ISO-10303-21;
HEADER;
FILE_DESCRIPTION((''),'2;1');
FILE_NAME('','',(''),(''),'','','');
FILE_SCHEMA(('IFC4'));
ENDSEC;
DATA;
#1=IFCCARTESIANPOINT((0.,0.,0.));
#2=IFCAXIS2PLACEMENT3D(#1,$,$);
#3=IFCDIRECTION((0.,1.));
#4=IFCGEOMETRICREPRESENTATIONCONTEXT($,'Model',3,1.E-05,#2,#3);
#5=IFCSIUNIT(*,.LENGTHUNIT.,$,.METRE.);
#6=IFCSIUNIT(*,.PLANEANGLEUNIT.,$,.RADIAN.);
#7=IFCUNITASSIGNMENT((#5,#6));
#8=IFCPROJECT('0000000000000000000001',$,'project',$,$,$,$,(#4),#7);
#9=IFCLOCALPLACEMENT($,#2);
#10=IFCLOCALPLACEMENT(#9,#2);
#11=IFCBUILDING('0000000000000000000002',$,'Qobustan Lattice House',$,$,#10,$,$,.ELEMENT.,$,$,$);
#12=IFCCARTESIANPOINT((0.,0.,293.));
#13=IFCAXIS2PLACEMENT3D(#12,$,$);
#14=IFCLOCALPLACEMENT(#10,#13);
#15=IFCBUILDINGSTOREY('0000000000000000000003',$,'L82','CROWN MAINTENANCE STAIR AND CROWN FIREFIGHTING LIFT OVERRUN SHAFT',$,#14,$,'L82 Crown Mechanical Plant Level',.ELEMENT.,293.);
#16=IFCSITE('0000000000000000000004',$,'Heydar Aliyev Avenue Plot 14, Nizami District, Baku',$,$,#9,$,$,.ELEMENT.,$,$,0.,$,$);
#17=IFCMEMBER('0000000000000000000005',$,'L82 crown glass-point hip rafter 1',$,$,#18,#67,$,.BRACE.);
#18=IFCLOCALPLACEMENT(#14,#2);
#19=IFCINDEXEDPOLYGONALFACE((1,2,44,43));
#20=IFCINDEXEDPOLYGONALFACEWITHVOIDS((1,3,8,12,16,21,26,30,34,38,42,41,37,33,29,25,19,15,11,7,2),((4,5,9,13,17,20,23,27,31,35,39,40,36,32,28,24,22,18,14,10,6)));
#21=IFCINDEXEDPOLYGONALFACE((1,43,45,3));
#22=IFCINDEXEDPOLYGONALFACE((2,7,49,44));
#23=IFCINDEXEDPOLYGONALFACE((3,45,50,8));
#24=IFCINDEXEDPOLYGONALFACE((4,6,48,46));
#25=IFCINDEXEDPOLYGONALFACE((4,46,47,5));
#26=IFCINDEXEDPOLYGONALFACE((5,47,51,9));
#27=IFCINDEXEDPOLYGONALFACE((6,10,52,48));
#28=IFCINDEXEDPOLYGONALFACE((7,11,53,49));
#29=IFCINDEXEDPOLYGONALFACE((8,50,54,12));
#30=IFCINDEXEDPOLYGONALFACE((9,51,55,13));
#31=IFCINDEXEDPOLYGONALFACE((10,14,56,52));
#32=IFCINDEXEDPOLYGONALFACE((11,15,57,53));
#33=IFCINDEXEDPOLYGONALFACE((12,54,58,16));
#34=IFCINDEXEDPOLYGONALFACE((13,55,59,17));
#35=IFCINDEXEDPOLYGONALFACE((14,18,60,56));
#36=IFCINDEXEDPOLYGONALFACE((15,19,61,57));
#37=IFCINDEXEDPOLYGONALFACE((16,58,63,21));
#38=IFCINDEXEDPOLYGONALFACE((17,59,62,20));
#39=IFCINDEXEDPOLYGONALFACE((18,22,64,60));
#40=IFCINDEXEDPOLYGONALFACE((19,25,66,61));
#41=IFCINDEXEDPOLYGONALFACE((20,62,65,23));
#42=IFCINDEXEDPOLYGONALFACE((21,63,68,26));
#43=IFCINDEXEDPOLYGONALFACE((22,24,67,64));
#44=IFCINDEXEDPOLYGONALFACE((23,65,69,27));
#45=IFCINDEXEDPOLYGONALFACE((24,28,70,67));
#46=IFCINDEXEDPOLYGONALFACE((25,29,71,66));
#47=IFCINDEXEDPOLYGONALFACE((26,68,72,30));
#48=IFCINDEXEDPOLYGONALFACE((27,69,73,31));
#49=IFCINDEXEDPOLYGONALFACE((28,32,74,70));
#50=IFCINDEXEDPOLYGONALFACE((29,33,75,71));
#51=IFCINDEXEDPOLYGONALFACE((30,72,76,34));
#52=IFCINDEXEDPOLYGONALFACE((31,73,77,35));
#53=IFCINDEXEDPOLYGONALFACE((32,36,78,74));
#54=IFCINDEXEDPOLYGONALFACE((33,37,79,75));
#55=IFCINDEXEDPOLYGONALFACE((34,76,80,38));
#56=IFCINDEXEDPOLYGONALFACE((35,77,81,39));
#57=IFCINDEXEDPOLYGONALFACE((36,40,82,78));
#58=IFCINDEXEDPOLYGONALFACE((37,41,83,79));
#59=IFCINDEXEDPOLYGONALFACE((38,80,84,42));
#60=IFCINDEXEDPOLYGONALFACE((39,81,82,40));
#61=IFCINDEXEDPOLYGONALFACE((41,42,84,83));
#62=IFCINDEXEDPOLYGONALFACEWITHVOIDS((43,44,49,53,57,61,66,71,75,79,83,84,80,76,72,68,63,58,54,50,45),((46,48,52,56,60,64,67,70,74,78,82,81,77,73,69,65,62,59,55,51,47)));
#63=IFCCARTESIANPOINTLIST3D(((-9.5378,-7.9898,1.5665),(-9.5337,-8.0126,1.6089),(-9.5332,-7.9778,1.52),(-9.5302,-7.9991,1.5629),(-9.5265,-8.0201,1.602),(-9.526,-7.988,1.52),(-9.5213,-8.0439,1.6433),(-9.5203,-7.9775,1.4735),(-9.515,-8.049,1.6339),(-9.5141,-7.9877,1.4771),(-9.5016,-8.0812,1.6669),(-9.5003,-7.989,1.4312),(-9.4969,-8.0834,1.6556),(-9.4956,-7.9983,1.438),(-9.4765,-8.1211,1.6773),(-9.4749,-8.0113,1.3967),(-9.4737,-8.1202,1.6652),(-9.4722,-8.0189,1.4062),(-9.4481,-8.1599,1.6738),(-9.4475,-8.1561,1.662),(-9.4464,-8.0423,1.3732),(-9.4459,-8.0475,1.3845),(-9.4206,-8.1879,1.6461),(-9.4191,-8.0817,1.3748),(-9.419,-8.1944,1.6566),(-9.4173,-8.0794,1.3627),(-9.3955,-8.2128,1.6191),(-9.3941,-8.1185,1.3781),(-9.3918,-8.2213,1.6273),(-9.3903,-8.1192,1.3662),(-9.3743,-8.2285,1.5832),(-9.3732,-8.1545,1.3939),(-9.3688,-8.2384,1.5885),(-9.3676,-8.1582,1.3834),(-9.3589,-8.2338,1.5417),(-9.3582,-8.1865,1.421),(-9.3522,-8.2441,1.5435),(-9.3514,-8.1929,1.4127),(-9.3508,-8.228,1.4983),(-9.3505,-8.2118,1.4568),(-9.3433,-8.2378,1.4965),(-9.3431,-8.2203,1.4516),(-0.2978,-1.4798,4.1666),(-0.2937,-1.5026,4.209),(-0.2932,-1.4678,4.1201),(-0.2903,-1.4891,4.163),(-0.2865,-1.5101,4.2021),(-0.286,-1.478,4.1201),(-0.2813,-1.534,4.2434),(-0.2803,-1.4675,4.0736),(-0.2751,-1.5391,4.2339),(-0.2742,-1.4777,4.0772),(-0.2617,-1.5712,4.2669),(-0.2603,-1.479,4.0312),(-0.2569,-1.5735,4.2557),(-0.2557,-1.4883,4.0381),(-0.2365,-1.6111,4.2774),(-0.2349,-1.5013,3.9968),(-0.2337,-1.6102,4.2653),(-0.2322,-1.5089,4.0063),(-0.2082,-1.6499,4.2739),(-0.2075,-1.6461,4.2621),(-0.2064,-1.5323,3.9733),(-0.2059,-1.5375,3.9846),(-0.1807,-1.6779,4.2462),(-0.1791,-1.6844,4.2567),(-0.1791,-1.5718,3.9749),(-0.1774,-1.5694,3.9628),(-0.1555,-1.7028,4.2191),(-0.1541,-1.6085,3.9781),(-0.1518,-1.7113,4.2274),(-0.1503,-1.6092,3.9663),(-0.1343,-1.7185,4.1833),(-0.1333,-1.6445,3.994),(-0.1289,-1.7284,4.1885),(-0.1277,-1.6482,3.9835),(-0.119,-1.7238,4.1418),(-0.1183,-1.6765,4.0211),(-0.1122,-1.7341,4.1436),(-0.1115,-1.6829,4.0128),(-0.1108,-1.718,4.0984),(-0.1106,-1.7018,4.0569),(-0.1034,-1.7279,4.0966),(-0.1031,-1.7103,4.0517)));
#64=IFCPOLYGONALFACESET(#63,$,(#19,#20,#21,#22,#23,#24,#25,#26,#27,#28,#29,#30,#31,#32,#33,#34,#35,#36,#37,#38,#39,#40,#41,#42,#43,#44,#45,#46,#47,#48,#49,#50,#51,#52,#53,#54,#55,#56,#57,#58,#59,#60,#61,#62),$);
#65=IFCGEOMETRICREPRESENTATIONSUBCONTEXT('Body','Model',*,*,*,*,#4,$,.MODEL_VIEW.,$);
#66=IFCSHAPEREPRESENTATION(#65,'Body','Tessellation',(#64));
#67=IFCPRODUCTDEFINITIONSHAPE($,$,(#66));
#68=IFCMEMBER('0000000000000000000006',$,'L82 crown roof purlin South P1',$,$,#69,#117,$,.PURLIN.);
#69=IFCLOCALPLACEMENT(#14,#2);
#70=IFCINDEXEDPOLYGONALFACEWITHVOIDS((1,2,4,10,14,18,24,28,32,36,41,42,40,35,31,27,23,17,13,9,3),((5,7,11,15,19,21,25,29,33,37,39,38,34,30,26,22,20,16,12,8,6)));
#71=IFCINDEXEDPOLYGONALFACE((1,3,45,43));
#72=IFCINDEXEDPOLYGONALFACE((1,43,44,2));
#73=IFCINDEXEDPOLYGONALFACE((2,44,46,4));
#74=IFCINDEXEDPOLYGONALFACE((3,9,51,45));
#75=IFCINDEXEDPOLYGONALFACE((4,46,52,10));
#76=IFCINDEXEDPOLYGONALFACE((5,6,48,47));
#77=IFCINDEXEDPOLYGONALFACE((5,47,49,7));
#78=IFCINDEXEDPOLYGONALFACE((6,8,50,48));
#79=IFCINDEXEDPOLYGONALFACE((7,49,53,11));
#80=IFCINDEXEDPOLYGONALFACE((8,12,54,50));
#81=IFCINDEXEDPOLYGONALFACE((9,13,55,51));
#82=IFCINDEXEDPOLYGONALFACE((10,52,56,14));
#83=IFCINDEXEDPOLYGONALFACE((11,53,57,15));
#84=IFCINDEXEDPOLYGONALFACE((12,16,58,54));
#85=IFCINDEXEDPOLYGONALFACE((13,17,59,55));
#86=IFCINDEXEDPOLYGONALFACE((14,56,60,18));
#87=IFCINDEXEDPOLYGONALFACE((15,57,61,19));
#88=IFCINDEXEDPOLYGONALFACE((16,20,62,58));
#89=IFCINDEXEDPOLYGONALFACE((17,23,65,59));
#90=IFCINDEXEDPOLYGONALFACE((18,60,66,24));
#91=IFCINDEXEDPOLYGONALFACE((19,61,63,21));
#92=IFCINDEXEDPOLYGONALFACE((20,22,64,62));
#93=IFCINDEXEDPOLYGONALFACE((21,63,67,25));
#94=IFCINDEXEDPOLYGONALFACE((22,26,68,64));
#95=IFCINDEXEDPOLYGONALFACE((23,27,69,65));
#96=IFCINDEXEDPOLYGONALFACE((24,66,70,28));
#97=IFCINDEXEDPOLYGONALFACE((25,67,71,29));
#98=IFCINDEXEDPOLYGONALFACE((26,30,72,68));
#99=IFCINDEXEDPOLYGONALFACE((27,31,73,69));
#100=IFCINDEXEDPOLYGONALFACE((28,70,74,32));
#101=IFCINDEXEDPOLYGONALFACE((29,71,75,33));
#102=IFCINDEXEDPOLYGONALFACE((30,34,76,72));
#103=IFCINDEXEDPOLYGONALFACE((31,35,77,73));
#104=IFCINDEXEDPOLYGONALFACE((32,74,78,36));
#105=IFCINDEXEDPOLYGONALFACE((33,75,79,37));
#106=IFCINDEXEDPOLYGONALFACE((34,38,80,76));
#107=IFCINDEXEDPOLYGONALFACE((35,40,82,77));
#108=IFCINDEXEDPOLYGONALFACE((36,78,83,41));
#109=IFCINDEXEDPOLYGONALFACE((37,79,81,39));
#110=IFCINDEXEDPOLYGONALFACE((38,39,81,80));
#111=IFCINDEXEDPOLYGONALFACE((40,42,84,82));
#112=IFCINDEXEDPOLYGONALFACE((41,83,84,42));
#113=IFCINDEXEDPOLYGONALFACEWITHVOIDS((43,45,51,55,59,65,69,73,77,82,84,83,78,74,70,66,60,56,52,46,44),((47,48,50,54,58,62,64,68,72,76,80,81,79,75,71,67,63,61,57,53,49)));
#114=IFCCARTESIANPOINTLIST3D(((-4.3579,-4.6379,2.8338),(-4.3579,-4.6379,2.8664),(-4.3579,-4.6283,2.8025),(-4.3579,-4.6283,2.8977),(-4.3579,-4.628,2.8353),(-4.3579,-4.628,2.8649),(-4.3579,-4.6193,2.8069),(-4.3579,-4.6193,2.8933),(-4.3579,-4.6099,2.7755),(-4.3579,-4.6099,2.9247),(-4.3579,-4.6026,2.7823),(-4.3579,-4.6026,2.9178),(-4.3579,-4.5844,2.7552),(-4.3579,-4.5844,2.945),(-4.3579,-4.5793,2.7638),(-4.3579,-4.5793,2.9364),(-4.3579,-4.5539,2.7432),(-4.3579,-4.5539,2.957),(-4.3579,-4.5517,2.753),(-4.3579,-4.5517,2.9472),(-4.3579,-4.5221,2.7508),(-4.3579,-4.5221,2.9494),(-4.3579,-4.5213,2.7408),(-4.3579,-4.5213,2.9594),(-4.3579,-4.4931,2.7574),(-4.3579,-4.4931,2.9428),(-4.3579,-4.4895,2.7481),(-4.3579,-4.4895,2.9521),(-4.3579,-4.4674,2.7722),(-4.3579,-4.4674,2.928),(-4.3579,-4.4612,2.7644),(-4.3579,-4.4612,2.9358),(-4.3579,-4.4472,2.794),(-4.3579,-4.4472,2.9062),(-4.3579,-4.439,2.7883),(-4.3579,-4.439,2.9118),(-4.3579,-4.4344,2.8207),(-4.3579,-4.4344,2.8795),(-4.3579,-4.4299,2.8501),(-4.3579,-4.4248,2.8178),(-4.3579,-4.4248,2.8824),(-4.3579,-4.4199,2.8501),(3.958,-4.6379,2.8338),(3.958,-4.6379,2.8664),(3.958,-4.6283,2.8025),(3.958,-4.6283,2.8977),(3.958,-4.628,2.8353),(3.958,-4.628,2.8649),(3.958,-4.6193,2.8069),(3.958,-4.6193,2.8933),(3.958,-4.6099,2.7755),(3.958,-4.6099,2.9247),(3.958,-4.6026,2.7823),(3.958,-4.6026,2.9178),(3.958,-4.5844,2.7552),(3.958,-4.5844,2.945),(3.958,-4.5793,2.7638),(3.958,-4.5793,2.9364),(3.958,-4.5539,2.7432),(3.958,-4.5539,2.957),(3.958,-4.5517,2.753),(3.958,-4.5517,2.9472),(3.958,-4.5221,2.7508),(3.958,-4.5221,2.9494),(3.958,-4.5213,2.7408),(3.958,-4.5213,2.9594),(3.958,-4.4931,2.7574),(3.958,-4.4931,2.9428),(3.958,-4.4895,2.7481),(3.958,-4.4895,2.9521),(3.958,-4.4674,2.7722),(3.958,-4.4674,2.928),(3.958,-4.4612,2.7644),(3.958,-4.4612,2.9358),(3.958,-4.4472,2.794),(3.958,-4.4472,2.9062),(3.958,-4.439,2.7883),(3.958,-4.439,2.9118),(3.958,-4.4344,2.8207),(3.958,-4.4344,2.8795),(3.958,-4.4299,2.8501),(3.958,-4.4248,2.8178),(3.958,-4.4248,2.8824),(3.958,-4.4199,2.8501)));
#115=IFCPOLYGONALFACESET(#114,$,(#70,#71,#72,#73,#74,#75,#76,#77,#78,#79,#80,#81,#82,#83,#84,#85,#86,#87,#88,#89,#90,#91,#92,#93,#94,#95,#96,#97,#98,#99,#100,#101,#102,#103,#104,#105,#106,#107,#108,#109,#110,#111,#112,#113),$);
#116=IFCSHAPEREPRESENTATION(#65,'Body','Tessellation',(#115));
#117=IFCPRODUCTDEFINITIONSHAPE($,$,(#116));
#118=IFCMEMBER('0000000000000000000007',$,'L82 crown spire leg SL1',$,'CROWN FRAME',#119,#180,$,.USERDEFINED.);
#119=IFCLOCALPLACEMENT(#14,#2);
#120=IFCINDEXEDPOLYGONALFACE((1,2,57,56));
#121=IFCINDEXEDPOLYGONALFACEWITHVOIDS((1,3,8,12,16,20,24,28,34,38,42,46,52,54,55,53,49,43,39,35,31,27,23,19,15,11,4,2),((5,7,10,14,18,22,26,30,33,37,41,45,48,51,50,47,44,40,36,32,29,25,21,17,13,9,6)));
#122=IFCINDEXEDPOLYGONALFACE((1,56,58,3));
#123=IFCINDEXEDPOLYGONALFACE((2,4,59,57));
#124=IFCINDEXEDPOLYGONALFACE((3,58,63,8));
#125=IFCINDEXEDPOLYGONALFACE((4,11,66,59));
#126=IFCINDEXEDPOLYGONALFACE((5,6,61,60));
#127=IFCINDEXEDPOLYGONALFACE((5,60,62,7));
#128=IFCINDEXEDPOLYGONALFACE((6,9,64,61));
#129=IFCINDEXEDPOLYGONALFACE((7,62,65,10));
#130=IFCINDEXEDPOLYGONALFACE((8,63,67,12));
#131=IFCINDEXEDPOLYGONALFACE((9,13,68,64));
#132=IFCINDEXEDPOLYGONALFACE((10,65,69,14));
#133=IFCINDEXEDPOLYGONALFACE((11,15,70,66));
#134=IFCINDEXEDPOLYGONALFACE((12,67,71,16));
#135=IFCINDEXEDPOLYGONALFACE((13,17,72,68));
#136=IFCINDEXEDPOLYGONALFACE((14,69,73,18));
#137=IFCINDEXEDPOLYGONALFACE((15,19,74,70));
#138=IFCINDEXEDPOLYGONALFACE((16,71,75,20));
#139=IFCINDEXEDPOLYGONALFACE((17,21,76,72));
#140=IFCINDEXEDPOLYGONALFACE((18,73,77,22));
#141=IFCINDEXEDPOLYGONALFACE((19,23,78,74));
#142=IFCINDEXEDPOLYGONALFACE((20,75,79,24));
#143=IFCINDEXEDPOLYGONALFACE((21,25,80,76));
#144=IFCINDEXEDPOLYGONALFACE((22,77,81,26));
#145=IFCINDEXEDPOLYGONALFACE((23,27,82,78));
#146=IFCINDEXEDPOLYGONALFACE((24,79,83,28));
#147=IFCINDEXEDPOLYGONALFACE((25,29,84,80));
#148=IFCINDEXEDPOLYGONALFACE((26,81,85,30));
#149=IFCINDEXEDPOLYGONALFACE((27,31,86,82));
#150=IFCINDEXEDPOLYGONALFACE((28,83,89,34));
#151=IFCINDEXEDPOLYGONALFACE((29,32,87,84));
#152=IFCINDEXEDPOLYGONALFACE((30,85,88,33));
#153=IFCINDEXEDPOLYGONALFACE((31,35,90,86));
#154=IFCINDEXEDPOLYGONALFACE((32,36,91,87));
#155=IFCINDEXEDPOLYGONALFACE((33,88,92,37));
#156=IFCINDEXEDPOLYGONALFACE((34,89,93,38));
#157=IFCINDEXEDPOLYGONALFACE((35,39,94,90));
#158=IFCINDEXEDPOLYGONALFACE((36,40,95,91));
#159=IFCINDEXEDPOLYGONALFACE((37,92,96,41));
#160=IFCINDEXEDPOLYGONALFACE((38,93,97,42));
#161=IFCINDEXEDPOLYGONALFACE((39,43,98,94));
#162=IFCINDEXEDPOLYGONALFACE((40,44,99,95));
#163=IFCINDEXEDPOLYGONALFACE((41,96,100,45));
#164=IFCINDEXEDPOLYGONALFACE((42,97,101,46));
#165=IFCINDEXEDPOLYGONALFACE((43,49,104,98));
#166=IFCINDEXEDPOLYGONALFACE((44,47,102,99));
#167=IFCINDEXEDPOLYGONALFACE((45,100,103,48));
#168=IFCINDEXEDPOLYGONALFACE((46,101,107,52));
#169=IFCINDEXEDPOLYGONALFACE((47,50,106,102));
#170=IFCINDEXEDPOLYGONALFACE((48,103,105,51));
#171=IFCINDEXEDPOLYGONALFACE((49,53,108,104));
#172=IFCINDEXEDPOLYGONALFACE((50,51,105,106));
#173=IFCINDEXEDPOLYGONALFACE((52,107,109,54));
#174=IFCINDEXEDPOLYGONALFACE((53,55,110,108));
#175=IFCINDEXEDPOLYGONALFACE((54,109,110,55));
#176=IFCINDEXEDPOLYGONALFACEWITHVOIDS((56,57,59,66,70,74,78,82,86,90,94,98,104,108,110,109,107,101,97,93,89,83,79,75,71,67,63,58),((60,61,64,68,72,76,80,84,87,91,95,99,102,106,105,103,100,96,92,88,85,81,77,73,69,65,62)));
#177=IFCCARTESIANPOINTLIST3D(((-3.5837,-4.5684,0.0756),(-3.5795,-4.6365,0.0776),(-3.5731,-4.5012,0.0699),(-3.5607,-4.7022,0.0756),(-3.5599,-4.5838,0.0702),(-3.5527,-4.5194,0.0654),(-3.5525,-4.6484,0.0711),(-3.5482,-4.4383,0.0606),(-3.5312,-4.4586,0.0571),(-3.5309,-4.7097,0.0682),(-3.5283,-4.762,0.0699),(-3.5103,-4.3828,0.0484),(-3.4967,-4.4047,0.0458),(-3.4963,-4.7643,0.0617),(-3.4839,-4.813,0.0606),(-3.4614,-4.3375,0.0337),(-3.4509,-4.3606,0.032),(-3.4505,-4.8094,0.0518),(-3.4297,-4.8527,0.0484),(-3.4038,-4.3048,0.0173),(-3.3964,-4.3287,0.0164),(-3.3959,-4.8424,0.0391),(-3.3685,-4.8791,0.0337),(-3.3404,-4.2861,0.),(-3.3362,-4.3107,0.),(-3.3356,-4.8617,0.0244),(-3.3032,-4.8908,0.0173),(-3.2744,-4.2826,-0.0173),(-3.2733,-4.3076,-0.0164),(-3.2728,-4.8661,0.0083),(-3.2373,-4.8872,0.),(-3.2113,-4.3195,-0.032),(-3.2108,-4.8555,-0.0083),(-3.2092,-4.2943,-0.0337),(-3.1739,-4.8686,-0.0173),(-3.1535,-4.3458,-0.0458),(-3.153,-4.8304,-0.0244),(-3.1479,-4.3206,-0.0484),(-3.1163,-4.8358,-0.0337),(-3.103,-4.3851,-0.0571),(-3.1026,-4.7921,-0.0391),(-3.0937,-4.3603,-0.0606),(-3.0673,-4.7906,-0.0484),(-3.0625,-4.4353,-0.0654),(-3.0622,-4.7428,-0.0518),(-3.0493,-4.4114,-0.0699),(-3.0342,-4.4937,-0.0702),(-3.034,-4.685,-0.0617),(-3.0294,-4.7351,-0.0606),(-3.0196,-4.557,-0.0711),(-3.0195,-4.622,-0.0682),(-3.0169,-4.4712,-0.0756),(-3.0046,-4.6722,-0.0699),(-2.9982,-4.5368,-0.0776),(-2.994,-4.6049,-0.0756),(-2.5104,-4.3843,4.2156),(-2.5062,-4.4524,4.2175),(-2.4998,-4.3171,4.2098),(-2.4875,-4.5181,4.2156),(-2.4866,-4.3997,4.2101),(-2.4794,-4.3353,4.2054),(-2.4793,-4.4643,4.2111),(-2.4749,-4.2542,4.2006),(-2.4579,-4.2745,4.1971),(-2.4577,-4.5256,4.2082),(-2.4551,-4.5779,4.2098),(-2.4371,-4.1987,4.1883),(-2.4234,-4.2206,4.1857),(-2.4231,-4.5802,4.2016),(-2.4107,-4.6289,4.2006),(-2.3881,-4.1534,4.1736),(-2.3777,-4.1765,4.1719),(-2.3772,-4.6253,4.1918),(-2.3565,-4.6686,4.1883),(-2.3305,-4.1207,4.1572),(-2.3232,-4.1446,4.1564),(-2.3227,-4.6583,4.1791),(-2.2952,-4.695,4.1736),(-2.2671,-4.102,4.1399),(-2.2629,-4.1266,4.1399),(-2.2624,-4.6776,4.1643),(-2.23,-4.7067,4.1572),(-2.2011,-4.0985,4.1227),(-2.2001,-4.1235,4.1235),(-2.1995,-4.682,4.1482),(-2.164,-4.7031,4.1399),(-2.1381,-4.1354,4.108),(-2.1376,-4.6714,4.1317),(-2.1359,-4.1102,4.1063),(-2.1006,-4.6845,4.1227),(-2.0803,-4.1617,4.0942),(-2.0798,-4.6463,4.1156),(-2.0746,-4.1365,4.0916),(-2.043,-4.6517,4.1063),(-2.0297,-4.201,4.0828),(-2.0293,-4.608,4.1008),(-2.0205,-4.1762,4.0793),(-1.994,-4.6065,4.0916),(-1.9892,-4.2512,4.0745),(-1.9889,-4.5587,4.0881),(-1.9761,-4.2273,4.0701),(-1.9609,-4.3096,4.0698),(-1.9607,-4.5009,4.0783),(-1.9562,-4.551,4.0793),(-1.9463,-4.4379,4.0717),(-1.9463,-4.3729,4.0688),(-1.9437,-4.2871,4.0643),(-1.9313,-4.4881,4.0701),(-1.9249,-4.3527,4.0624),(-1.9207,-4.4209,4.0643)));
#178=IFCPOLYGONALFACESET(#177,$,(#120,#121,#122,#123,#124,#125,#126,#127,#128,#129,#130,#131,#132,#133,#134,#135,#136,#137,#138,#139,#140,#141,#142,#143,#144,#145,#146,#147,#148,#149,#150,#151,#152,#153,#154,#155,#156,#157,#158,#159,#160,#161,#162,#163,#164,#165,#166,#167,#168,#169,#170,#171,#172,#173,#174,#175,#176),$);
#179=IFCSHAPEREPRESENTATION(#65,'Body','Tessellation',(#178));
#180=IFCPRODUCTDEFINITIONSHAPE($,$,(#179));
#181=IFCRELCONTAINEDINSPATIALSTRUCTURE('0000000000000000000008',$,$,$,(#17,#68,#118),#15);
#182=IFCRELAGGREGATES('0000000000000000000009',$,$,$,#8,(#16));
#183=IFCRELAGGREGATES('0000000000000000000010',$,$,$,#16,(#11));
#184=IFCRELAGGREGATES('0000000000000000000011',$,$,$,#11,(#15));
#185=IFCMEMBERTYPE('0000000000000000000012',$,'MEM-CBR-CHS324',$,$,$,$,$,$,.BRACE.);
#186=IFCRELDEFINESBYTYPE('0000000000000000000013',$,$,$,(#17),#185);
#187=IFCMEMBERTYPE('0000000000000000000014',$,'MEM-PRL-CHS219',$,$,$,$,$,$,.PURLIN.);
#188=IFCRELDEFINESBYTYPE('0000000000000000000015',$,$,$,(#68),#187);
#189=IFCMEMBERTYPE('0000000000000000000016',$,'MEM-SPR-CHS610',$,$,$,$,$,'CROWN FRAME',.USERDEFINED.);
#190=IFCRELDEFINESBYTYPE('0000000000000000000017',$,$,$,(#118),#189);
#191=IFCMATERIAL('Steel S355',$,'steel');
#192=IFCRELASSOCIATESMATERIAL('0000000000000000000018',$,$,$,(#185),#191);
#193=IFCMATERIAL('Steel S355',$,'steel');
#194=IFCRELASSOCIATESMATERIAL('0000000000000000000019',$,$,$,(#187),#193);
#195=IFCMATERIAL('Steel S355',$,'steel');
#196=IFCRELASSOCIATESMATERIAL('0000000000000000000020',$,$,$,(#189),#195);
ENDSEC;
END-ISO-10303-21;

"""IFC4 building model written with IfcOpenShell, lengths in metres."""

from ifc_helpers import new_model, si_unit, direction, frame, origin, origin_2d, place, context, subcontext, project, spatial, hollow_circle, extrude, material, material_profile, profile_set, type_object, element, save


model = new_model("IFC4")

# Units and contexts
model_context = context("Model", 3, precision=1e-05, world=origin(), true_north=direction((0.0, 1.0)))
body_context = subcontext(model_context, "Body", "Model", "MODEL_VIEW")
ifc_project = project(units=[si_unit("LENGTHUNIT", "METRE"), si_unit("PLANEANGLEUNIT", "RADIAN")], contexts=[model_context])

# Site, building, storey
site_placement = place(None, origin())
site = spatial("IfcSite", under=ifc_project, at=site_placement, Name="Heydar Aliyev Avenue Plot 14, Nizami District, Baku", CompositionType="ELEMENT", RefElevation=0.0)
building_placement = place(site_placement, origin())
building = spatial("IfcBuilding", under=site, at=building_placement, Name="Qobustan Lattice House", CompositionType="ELEMENT")
storey_placement = place(building_placement, frame((0.0, 0.0, 293.0)))
storey = spatial("IfcBuildingStorey", under=building, at=storey_placement, Name="L82", Description="CROWN MAINTENANCE STAIR AND CROWN FIREFIGHTING LIFT OVERRUN SHAFT", LongName="L82 Crown Mechanical Plant Level", CompositionType="ELEMENT", Elevation=293.0)

# Members
ifc_material_1 = material(Name="Steel S355", Category="steel")
ifc_material_profile_1 = material_profile(ifc_material_1, hollow_circle(Radius=0.1619, WallThickness=0.0125, at=origin_2d()), Name="CHS323.9x12.5")
ifc_profile_set_1 = profile_set([ifc_material_profile_1], Name="Steel S355")
member_type_1 = type_object("IfcMemberType", Name="MEM-CBR-CHS324", PredefinedType="BRACE", material=ifc_profile_set_1)
member_1_placement = place(storey_placement, frame((-9.4399, -8.1101, 1.52), z_axis=(0.796675, 0.561295, 0.224181), x_axis=(-0.575955, 0.817482, 0.0)))
element("IfcMember", 1, at=member_1_placement, inside=storey, type_object=member_type_1, Name="L82 crown glass-point hip rafter 1", PredefinedType="BRACE", context=body_context, shape_type="SweptSolid", body=[
    extrude(hollow_circle(Radius=0.1619, WallThickness=0.0125, at=origin_2d()), origin(), (0.0, 0.0, 1.0), 11.5981),
])
ifc_material_2 = material(Name="Steel S355", Category="steel")
ifc_material_profile_2 = material_profile(ifc_material_2, hollow_circle(Radius=0.1096, WallThickness=0.01, at=origin_2d()), Name="CHS219.1x10")
ifc_profile_set_2 = profile_set([ifc_material_profile_2], Name="Steel S355")
member_type_2 = type_object("IfcMemberType", Name="MEM-PRL-CHS219", PredefinedType="PURLIN", material=ifc_profile_set_2)
member_2_placement = place(storey_placement, frame((-4.3579, -4.5295, 2.8501), z_axis=(1.0, 0.0, 0.0), x_axis=(0.0, 1.0, 0.0)))
element("IfcMember", 2, at=member_2_placement, inside=storey, type_object=member_type_2, Name="L82 crown roof purlin South P1", PredefinedType="PURLIN", context=body_context, shape_type="SweptSolid", body=[
    extrude(hollow_circle(Radius=0.1096, WallThickness=0.01, at=origin_2d()), origin(), (0.0, 0.0, 1.0), 8.3159),
])
ifc_material_3 = material(Name="Steel S355", Category="steel")
ifc_material_profile_3 = material_profile(ifc_material_3, hollow_circle(Radius=0.3049, WallThickness=0.0249, at=origin_2d()), Name="CHS610x25")
ifc_profile_set_3 = profile_set([ifc_material_profile_3], Name="Steel S355")
member_type_3 = type_object("IfcMemberType", Name="MEM-SPR-CHS610", ElementType="CROWN FRAME", PredefinedType="USERDEFINED", material=ifc_profile_set_3)
member_3_placement = place(storey_placement, frame((-3.2888, -4.5867, 0.0), z_axis=(0.250716, 0.043003, 0.967105), x_axis=(-0.169051, 0.985607, 0.0)))
element("IfcMember", 3, at=member_3_placement, inside=storey, type_object=member_type_3, Name="L82 crown spire leg SL1", ObjectType="CROWN FRAME", PredefinedType="USERDEFINED", context=body_context, shape_type="SweptSolid", body=[
    extrude(hollow_circle(Radius=0.3049, WallThickness=0.0249, at=origin_2d()), origin(), (0.0, 0.0, 1.0), 4.2808),
])

save(model, "model.ifc")
